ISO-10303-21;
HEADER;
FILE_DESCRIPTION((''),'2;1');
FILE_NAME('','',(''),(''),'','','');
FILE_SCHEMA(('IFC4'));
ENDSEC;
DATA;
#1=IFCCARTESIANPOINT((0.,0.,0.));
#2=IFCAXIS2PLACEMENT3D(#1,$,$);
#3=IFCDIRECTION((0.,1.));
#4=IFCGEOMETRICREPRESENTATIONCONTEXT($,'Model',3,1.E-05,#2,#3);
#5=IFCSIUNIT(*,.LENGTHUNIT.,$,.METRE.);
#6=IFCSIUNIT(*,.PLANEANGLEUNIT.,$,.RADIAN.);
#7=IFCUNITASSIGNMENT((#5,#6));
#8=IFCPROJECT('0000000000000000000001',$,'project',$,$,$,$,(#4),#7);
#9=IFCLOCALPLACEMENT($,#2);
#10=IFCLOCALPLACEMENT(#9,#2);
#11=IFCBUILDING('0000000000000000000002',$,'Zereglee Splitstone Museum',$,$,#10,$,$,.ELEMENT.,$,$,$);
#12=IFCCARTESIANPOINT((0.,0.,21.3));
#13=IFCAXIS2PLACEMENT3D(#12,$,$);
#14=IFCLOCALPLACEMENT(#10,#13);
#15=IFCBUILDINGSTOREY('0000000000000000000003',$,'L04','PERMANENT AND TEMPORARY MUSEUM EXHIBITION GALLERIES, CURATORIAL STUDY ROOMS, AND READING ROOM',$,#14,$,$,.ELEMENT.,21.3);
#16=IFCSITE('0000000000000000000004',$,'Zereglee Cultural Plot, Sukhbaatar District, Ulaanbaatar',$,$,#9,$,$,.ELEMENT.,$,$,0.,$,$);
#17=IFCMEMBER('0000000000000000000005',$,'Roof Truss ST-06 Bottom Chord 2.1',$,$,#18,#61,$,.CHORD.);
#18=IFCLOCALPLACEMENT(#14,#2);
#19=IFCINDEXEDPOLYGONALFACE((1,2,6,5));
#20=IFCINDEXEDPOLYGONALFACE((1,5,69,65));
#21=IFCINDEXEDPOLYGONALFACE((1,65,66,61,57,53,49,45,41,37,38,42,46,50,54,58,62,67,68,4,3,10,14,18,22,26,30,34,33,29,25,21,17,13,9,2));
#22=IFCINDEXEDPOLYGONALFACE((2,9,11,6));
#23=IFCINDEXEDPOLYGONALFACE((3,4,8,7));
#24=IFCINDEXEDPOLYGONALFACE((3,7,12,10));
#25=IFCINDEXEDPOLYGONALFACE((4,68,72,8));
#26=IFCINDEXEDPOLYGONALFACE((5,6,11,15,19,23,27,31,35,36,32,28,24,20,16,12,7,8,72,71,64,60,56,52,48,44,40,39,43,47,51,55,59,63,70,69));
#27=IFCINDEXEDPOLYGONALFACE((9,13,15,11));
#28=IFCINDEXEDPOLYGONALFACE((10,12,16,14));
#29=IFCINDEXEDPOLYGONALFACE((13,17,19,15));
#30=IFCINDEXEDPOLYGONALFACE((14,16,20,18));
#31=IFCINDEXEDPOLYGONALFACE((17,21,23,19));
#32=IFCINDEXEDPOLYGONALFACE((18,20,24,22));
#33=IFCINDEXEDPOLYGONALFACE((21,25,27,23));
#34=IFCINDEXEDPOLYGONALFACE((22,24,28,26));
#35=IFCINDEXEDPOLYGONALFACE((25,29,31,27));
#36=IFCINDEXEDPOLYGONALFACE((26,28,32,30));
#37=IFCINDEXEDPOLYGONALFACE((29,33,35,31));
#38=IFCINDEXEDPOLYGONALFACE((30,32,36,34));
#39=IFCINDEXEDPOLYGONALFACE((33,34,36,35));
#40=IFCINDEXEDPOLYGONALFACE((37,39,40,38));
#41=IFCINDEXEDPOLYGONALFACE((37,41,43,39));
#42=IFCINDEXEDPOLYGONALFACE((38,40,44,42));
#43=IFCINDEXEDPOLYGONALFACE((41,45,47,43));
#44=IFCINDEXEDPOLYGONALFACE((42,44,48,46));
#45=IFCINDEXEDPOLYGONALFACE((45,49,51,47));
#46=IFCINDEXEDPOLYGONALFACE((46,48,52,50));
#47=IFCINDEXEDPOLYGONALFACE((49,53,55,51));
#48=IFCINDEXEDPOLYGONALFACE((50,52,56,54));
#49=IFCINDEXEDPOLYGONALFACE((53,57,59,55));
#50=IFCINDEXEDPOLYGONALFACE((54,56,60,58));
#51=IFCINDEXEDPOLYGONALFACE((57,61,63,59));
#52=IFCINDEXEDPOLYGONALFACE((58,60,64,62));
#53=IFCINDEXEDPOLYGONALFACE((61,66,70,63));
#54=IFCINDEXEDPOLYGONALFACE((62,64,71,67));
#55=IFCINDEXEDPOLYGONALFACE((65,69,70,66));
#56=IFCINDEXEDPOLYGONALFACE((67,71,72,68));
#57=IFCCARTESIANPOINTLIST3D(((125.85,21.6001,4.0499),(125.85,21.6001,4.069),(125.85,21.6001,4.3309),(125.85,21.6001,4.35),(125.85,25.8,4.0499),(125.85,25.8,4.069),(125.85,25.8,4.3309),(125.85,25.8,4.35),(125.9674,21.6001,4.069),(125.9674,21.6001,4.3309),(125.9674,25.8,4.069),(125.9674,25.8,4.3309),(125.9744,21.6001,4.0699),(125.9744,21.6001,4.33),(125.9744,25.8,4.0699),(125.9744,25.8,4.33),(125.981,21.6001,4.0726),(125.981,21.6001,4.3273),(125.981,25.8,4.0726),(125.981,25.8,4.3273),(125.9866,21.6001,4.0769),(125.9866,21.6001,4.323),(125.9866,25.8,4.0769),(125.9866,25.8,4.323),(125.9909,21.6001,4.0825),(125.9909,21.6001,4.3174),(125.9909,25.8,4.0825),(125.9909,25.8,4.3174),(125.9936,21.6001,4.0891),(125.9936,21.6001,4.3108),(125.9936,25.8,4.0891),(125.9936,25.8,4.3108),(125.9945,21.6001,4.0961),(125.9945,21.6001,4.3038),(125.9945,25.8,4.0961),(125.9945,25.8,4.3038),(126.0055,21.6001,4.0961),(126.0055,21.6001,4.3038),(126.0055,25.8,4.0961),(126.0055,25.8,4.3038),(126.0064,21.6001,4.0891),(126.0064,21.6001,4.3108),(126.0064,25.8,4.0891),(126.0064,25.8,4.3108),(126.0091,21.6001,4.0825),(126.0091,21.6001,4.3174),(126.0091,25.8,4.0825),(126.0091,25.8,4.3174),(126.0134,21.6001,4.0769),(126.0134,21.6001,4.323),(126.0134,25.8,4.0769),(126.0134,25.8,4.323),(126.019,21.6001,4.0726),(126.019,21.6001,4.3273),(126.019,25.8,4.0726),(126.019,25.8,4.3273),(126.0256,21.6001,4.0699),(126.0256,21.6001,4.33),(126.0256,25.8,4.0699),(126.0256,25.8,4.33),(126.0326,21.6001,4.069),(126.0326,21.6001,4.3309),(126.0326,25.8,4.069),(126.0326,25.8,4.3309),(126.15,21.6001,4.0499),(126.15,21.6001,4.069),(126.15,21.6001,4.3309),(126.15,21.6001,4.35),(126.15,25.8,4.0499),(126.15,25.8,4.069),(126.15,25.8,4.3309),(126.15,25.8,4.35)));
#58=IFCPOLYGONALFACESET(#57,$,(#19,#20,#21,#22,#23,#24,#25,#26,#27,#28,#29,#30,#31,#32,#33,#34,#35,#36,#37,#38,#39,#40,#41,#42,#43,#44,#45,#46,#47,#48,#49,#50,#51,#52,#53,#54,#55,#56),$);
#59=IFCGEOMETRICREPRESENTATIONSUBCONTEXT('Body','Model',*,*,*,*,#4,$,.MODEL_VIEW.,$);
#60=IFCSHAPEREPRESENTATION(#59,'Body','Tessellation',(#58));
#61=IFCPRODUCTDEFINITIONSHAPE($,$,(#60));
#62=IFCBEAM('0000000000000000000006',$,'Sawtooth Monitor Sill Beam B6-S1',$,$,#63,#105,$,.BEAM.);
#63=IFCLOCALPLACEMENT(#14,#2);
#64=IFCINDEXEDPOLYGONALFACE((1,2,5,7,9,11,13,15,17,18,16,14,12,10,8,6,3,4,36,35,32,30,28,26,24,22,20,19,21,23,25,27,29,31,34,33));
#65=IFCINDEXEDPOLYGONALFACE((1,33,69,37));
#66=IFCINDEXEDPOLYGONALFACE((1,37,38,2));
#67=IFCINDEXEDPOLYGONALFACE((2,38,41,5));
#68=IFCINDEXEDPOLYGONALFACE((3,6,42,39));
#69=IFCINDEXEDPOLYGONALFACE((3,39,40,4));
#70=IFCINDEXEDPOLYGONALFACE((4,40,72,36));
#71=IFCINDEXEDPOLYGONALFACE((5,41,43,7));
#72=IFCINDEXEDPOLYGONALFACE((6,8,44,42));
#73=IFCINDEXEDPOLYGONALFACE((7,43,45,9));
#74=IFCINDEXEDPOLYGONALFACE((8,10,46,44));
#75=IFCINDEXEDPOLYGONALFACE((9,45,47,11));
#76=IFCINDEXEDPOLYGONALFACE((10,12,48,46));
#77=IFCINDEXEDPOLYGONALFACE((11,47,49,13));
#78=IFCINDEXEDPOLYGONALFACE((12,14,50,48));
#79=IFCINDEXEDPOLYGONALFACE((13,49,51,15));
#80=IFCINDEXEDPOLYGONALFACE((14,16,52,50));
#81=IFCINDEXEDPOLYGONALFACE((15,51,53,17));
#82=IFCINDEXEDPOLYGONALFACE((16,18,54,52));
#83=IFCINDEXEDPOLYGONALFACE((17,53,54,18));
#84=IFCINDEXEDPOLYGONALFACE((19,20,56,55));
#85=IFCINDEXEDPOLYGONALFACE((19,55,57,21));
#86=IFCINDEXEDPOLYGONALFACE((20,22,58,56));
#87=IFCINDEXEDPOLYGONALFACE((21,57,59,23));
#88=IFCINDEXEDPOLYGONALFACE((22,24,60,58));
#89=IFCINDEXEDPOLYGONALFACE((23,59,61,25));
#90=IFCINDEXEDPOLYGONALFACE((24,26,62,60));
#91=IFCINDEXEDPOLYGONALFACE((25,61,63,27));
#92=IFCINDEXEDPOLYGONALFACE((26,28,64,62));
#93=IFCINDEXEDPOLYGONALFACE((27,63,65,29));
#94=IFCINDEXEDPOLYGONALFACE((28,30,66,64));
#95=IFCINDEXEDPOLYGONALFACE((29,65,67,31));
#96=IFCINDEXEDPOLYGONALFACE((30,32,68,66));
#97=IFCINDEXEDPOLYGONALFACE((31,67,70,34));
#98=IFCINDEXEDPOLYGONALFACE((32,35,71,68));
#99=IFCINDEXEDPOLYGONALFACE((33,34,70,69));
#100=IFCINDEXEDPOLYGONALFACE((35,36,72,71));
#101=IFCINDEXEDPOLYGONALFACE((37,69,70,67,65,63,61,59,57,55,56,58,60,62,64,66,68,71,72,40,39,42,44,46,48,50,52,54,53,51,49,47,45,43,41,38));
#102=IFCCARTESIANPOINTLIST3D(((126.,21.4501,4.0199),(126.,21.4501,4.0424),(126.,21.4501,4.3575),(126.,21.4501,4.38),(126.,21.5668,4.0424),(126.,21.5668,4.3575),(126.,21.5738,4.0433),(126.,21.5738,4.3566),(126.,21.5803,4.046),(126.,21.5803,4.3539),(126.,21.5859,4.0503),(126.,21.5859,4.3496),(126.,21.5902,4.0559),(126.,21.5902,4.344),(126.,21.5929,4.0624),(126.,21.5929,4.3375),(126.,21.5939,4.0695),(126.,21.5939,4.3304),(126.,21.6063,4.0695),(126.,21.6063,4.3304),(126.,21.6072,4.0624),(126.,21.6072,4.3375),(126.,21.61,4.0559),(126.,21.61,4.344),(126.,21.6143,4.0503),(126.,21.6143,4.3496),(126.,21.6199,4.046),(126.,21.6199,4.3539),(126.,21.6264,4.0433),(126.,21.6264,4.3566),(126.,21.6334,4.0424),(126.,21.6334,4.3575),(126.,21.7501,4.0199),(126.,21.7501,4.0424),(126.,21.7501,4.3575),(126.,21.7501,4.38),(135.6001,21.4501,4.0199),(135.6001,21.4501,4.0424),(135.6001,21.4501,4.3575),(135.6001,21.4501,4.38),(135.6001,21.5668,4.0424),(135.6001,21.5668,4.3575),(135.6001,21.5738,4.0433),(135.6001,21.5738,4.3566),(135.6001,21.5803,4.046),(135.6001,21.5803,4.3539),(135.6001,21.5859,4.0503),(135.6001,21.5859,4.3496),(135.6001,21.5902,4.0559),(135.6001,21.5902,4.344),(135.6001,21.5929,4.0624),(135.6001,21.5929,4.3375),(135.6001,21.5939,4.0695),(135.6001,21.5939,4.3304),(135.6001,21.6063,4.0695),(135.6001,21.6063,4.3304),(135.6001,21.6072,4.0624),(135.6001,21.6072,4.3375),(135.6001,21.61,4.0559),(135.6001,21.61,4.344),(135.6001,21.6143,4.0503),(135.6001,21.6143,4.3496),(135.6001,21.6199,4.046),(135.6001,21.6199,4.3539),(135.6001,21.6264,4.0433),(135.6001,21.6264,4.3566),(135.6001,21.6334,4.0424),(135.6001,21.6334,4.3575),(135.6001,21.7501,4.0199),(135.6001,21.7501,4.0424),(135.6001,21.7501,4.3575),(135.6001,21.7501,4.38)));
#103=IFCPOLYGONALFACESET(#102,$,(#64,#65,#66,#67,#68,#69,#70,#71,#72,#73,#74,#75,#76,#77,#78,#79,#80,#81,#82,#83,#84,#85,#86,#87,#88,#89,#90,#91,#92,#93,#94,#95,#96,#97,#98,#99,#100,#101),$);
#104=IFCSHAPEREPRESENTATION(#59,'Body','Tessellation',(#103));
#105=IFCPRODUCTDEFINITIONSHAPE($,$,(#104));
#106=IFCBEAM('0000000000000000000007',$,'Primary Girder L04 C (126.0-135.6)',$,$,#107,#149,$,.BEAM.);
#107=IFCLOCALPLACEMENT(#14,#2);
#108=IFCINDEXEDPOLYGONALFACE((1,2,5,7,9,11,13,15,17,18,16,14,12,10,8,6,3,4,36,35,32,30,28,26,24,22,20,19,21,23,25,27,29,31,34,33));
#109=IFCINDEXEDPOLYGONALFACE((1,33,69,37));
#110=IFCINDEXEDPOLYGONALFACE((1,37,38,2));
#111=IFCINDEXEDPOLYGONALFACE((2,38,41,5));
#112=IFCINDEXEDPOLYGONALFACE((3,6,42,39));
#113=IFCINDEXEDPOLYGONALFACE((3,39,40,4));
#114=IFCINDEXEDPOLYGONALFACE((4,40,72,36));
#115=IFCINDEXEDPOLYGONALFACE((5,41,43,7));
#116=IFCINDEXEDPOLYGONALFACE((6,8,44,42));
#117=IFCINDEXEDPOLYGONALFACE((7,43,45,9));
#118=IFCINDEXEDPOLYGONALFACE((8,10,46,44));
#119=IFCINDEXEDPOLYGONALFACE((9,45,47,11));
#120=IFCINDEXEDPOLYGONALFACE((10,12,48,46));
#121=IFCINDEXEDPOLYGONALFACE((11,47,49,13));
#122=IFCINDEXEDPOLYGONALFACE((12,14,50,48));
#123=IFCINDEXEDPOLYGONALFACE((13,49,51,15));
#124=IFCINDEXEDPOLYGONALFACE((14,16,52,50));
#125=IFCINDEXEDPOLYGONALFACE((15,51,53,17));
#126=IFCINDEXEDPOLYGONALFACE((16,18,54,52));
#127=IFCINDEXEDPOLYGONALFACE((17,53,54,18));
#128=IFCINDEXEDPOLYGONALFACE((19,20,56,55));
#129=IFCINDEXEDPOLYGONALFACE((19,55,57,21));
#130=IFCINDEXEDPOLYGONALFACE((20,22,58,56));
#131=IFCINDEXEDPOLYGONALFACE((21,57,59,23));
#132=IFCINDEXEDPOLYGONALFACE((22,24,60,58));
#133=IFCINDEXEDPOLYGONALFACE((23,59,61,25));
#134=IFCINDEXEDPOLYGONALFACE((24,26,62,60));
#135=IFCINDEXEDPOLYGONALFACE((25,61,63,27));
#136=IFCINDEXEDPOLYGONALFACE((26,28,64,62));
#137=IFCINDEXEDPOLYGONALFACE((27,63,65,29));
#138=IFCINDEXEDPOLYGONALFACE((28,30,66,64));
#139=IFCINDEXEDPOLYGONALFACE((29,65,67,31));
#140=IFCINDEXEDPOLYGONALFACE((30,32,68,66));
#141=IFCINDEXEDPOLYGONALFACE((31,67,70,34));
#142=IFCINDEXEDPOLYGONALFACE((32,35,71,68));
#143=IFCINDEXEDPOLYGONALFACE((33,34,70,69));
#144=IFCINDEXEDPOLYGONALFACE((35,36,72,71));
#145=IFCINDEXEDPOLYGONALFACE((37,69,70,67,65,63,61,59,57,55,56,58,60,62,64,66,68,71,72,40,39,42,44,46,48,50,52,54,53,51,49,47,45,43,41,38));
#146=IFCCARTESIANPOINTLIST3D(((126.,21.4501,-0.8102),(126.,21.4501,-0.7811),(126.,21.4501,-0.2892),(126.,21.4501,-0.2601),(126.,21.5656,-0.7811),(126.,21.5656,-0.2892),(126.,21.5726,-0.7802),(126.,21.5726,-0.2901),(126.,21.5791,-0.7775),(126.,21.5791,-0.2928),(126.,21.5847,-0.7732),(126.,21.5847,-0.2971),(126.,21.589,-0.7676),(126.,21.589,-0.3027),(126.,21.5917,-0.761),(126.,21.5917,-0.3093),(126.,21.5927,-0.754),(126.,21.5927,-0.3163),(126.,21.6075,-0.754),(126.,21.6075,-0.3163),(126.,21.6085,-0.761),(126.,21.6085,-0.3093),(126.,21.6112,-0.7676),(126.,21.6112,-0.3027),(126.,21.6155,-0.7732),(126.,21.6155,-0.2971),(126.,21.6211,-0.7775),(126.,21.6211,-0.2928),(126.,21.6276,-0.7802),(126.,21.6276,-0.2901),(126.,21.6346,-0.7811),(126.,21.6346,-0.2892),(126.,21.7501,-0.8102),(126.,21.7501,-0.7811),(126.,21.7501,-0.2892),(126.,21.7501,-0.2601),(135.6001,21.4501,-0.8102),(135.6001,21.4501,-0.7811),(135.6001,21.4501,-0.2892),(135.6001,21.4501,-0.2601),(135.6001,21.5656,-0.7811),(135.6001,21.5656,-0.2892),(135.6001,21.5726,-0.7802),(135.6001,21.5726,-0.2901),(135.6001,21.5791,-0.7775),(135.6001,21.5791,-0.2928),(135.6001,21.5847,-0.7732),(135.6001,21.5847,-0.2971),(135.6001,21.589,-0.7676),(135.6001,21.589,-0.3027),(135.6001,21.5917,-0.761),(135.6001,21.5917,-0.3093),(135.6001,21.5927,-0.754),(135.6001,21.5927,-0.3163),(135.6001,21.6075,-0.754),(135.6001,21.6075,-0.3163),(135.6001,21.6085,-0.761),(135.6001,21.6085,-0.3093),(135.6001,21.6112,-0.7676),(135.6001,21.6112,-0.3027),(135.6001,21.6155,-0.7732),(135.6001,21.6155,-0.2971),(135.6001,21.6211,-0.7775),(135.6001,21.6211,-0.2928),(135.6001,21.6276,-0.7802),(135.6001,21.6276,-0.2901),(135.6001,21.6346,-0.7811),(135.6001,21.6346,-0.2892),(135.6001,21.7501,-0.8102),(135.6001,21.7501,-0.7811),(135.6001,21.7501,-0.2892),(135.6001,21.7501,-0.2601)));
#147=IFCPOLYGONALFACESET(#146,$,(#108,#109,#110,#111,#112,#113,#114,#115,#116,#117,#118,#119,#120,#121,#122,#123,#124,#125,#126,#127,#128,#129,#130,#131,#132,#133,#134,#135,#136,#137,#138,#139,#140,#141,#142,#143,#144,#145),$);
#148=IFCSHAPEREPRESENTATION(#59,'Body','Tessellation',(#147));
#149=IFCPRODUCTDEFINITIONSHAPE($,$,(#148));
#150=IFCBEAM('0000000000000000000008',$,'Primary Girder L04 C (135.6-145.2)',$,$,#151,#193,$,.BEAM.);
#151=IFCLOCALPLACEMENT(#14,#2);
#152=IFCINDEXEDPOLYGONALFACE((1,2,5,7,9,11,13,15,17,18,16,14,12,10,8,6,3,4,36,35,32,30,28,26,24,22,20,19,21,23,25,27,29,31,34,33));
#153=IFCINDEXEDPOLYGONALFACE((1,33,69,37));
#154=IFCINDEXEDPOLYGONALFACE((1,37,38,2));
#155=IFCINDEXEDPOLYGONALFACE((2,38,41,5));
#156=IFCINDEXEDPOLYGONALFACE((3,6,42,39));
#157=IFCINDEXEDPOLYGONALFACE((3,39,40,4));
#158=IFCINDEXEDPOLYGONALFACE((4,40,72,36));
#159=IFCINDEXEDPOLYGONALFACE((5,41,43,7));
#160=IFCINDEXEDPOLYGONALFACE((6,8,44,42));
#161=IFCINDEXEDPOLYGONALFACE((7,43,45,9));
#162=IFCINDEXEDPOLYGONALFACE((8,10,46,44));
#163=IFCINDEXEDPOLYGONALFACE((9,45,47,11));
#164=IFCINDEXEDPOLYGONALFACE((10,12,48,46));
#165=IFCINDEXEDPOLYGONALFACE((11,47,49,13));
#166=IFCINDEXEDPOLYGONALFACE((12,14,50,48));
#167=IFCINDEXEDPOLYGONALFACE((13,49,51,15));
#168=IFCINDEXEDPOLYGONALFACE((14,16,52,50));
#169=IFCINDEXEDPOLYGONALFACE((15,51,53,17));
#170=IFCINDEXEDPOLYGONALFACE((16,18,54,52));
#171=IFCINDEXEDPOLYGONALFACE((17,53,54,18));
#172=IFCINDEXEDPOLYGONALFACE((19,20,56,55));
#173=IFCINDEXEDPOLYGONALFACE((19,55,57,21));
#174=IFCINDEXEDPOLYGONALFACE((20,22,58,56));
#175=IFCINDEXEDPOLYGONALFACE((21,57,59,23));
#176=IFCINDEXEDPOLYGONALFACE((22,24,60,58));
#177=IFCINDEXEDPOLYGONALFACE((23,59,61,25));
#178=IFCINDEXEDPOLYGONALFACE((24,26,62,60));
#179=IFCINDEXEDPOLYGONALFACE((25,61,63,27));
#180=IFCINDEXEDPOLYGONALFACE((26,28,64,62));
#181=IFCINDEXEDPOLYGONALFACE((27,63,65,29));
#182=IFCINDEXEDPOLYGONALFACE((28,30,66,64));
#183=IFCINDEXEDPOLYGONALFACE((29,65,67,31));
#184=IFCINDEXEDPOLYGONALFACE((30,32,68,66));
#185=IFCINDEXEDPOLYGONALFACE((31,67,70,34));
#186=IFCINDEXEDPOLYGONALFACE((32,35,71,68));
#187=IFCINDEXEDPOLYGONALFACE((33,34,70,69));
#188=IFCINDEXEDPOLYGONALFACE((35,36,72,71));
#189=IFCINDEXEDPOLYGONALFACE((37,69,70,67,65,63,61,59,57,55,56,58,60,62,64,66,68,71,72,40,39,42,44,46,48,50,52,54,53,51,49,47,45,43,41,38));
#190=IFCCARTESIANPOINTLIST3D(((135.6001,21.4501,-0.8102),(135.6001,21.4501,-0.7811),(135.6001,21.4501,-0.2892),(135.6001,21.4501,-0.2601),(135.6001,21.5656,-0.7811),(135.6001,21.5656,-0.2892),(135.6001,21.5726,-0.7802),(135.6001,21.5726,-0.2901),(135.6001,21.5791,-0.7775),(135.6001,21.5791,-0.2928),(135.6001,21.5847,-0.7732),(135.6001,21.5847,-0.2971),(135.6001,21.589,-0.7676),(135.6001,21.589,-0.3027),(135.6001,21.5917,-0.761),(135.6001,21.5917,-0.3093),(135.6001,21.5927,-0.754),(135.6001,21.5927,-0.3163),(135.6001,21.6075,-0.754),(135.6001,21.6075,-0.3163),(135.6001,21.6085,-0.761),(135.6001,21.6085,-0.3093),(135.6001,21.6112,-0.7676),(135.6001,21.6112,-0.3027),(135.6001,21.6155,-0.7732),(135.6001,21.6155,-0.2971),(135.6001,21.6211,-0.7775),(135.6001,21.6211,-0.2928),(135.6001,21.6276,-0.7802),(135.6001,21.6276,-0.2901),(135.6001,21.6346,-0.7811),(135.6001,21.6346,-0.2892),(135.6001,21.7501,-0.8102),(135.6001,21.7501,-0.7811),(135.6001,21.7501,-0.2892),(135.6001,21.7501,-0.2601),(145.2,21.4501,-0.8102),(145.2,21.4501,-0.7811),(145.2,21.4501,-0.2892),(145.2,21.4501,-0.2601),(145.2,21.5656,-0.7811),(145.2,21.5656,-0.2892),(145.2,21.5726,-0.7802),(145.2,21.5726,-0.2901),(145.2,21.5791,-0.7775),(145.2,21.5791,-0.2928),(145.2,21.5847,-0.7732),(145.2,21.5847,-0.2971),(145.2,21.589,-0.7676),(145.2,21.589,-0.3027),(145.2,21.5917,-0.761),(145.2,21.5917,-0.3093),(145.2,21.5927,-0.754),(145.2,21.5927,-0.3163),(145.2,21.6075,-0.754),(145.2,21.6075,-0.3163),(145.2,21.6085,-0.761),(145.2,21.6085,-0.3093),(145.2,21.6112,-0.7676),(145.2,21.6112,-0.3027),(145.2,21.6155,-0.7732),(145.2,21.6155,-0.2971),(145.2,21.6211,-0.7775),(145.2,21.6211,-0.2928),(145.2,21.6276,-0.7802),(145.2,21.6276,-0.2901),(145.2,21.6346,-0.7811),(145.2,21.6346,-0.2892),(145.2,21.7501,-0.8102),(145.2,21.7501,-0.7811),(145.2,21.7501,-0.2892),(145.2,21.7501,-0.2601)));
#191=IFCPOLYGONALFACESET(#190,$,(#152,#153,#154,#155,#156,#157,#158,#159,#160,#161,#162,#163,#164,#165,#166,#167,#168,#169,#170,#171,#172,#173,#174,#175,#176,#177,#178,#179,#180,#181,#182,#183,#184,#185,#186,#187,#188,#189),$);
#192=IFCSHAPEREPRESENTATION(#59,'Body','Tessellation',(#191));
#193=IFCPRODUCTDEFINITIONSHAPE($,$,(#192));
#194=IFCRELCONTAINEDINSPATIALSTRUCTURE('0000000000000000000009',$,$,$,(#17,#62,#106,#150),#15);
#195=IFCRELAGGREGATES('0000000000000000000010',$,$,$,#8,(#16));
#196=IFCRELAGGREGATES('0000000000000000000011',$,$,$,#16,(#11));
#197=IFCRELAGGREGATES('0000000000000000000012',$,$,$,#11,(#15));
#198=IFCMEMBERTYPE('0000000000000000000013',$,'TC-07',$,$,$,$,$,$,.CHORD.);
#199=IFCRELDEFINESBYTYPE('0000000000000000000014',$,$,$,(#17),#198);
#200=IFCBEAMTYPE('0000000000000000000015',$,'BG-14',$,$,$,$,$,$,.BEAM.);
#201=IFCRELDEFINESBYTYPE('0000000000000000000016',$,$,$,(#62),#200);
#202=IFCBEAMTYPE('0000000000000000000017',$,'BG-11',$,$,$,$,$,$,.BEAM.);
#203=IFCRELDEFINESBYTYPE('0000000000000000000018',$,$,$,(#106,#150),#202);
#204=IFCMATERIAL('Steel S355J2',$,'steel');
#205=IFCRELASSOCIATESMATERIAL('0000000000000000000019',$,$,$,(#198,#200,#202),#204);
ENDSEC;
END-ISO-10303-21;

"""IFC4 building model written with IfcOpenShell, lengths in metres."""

from ifc_helpers import new_model, si_unit, direction, frame, origin, origin_2d, place, context, subcontext, project, spatial, i_section, extrude, material, material_profile, profile_set, type_object, element, save


model = new_model("IFC4")

# Units and contexts
model_context = context("Model", 3, precision=1e-05, world=origin(), true_north=direction((0.0, 1.0)))
body_context = subcontext(model_context, "Body", "Model", "MODEL_VIEW")
ifc_project = project(units=[si_unit("LENGTHUNIT", "METRE"), si_unit("PLANEANGLEUNIT", "RADIAN")], contexts=[model_context])

# Site, building, storey
site_placement = place(None, origin())
site = spatial("IfcSite", under=ifc_project, at=site_placement, Name="Zereglee Cultural Plot, Sukhbaatar District, Ulaanbaatar", CompositionType="ELEMENT", RefElevation=0.0)
building_placement = place(site_placement, origin())
building = spatial("IfcBuilding", under=site, at=building_placement, Name="Zereglee Splitstone Museum", CompositionType="ELEMENT")
storey_placement = place(building_placement, frame((0.0, 0.0, 21.3)))
storey = spatial("IfcBuildingStorey", under=building, at=storey_placement, Name="L04", Description="PERMANENT AND TEMPORARY MUSEUM EXHIBITION GALLERIES, CURATORIAL STUDY ROOMS, AND READING ROOM", CompositionType="ELEMENT", Elevation=21.3)

# Shared definitions
ifc_material_1 = material(Name="Steel S355J2", Category="steel")

# Member
ifc_material_profile_1 = material_profile(ifc_material_1, i_section(OverallWidth=0.3, OverallDepth=0.3, WebThickness=0.011, FlangeThickness=0.019, FilletRadius=0.0271, at=origin_2d()), Name="HE 300 B")
ifc_profile_set_1 = profile_set([ifc_material_profile_1], Name="Steel S355J2")
member_type_1 = type_object("IfcMemberType", Name="TC-07", PredefinedType="CHORD", material=ifc_profile_set_1)
member_1_placement = place(storey_placement, frame((126.0, 21.6001, 4.2), z_axis=(0.0, 1.0, 0.0), x_axis=(-1.0, 0.0, 0.0)))
element("IfcMember", 1, at=member_1_placement, inside=storey, type_object=member_type_1, Name="Roof Truss ST-06 Bottom Chord 2.1", PredefinedType="CHORD", context=body_context, shape_type="SweptSolid", body=[
    extrude(i_section(OverallWidth=0.3, OverallDepth=0.3, WebThickness=0.011, FlangeThickness=0.019, FilletRadius=0.0271, at=origin_2d()), origin(), (0.0, 0.0, 1.0), 4.2),
])

# Beams
ifc_material_profile_2 = material_profile(ifc_material_1, i_section(OverallWidth=0.3, OverallDepth=0.3601, WebThickness=0.0125, FlangeThickness=0.0225, FilletRadius=0.0271, at=origin_2d()), Name="HE 360 B")
ifc_profile_set_2 = profile_set([ifc_material_profile_2], Name="Steel S355J2")
beam_type_1 = type_object("IfcBeamType", Name="BG-14", PredefinedType="BEAM", material=ifc_profile_set_2)
beam_1_placement = place(storey_placement, frame((126.0, 21.6001, 4.2), z_axis=(1.0, 0.0, 0.0), x_axis=(0.0, 1.0, 0.0)))
element("IfcBeam", 2, at=beam_1_placement, inside=storey, type_object=beam_type_1, Name="Sawtooth Monitor Sill Beam B6-S1", PredefinedType="BEAM", context=body_context, shape_type="SweptSolid", body=[
    extrude(i_section(OverallWidth=0.3, OverallDepth=0.3601, WebThickness=0.0125, FlangeThickness=0.0225, FilletRadius=0.0271, at=origin_2d()), origin(), (0.0, 0.0, 1.0), 9.6001),
])
ifc_material_profile_3 = material_profile(ifc_material_1, i_section(OverallWidth=0.3, OverallDepth=0.55, WebThickness=0.0149, FlangeThickness=0.0291, FilletRadius=0.0271, at=origin_2d()), Name="HE 550 B")
ifc_profile_set_3 = profile_set([ifc_material_profile_3], Name="Steel S355J2")
beam_type_2 = type_object("IfcBeamType", Name="BG-11", PredefinedType="BEAM", material=ifc_profile_set_3)
beam_2_placement = place(storey_placement, frame((126.0, 21.6001, -0.5352), z_axis=(1.0, 0.0, 0.0), x_axis=(0.0, 1.0, 0.0)))
element("IfcBeam", 3, at=beam_2_placement, inside=storey, type_object=beam_type_2, Name="Primary Girder L04 C (126.0-135.6)", PredefinedType="BEAM", context=body_context, shape_type="SweptSolid", body=[
    extrude(i_section(OverallWidth=0.3, OverallDepth=0.55, WebThickness=0.0149, FlangeThickness=0.0291, FilletRadius=0.0271, at=origin_2d()), origin(), (0.0, 0.0, 1.0), 9.6001),
])
beam_3_placement = place(storey_placement, frame((135.6001, 21.6001, -0.5352), z_axis=(1.0, 0.0, 0.0), x_axis=(0.0, 1.0, 0.0)))
element("IfcBeam", 4, at=beam_3_placement, inside=storey, type_object=beam_type_2, Name="Primary Girder L04 C (135.6-145.2)", PredefinedType="BEAM", context=body_context, shape_type="SweptSolid", body=[
    extrude(i_section(OverallWidth=0.3, OverallDepth=0.55, WebThickness=0.0149, FlangeThickness=0.0291, FilletRadius=0.0271, at=origin_2d()), origin(), (0.0, 0.0, 1.0), 9.5999),
])

save(model, "model.ifc")
